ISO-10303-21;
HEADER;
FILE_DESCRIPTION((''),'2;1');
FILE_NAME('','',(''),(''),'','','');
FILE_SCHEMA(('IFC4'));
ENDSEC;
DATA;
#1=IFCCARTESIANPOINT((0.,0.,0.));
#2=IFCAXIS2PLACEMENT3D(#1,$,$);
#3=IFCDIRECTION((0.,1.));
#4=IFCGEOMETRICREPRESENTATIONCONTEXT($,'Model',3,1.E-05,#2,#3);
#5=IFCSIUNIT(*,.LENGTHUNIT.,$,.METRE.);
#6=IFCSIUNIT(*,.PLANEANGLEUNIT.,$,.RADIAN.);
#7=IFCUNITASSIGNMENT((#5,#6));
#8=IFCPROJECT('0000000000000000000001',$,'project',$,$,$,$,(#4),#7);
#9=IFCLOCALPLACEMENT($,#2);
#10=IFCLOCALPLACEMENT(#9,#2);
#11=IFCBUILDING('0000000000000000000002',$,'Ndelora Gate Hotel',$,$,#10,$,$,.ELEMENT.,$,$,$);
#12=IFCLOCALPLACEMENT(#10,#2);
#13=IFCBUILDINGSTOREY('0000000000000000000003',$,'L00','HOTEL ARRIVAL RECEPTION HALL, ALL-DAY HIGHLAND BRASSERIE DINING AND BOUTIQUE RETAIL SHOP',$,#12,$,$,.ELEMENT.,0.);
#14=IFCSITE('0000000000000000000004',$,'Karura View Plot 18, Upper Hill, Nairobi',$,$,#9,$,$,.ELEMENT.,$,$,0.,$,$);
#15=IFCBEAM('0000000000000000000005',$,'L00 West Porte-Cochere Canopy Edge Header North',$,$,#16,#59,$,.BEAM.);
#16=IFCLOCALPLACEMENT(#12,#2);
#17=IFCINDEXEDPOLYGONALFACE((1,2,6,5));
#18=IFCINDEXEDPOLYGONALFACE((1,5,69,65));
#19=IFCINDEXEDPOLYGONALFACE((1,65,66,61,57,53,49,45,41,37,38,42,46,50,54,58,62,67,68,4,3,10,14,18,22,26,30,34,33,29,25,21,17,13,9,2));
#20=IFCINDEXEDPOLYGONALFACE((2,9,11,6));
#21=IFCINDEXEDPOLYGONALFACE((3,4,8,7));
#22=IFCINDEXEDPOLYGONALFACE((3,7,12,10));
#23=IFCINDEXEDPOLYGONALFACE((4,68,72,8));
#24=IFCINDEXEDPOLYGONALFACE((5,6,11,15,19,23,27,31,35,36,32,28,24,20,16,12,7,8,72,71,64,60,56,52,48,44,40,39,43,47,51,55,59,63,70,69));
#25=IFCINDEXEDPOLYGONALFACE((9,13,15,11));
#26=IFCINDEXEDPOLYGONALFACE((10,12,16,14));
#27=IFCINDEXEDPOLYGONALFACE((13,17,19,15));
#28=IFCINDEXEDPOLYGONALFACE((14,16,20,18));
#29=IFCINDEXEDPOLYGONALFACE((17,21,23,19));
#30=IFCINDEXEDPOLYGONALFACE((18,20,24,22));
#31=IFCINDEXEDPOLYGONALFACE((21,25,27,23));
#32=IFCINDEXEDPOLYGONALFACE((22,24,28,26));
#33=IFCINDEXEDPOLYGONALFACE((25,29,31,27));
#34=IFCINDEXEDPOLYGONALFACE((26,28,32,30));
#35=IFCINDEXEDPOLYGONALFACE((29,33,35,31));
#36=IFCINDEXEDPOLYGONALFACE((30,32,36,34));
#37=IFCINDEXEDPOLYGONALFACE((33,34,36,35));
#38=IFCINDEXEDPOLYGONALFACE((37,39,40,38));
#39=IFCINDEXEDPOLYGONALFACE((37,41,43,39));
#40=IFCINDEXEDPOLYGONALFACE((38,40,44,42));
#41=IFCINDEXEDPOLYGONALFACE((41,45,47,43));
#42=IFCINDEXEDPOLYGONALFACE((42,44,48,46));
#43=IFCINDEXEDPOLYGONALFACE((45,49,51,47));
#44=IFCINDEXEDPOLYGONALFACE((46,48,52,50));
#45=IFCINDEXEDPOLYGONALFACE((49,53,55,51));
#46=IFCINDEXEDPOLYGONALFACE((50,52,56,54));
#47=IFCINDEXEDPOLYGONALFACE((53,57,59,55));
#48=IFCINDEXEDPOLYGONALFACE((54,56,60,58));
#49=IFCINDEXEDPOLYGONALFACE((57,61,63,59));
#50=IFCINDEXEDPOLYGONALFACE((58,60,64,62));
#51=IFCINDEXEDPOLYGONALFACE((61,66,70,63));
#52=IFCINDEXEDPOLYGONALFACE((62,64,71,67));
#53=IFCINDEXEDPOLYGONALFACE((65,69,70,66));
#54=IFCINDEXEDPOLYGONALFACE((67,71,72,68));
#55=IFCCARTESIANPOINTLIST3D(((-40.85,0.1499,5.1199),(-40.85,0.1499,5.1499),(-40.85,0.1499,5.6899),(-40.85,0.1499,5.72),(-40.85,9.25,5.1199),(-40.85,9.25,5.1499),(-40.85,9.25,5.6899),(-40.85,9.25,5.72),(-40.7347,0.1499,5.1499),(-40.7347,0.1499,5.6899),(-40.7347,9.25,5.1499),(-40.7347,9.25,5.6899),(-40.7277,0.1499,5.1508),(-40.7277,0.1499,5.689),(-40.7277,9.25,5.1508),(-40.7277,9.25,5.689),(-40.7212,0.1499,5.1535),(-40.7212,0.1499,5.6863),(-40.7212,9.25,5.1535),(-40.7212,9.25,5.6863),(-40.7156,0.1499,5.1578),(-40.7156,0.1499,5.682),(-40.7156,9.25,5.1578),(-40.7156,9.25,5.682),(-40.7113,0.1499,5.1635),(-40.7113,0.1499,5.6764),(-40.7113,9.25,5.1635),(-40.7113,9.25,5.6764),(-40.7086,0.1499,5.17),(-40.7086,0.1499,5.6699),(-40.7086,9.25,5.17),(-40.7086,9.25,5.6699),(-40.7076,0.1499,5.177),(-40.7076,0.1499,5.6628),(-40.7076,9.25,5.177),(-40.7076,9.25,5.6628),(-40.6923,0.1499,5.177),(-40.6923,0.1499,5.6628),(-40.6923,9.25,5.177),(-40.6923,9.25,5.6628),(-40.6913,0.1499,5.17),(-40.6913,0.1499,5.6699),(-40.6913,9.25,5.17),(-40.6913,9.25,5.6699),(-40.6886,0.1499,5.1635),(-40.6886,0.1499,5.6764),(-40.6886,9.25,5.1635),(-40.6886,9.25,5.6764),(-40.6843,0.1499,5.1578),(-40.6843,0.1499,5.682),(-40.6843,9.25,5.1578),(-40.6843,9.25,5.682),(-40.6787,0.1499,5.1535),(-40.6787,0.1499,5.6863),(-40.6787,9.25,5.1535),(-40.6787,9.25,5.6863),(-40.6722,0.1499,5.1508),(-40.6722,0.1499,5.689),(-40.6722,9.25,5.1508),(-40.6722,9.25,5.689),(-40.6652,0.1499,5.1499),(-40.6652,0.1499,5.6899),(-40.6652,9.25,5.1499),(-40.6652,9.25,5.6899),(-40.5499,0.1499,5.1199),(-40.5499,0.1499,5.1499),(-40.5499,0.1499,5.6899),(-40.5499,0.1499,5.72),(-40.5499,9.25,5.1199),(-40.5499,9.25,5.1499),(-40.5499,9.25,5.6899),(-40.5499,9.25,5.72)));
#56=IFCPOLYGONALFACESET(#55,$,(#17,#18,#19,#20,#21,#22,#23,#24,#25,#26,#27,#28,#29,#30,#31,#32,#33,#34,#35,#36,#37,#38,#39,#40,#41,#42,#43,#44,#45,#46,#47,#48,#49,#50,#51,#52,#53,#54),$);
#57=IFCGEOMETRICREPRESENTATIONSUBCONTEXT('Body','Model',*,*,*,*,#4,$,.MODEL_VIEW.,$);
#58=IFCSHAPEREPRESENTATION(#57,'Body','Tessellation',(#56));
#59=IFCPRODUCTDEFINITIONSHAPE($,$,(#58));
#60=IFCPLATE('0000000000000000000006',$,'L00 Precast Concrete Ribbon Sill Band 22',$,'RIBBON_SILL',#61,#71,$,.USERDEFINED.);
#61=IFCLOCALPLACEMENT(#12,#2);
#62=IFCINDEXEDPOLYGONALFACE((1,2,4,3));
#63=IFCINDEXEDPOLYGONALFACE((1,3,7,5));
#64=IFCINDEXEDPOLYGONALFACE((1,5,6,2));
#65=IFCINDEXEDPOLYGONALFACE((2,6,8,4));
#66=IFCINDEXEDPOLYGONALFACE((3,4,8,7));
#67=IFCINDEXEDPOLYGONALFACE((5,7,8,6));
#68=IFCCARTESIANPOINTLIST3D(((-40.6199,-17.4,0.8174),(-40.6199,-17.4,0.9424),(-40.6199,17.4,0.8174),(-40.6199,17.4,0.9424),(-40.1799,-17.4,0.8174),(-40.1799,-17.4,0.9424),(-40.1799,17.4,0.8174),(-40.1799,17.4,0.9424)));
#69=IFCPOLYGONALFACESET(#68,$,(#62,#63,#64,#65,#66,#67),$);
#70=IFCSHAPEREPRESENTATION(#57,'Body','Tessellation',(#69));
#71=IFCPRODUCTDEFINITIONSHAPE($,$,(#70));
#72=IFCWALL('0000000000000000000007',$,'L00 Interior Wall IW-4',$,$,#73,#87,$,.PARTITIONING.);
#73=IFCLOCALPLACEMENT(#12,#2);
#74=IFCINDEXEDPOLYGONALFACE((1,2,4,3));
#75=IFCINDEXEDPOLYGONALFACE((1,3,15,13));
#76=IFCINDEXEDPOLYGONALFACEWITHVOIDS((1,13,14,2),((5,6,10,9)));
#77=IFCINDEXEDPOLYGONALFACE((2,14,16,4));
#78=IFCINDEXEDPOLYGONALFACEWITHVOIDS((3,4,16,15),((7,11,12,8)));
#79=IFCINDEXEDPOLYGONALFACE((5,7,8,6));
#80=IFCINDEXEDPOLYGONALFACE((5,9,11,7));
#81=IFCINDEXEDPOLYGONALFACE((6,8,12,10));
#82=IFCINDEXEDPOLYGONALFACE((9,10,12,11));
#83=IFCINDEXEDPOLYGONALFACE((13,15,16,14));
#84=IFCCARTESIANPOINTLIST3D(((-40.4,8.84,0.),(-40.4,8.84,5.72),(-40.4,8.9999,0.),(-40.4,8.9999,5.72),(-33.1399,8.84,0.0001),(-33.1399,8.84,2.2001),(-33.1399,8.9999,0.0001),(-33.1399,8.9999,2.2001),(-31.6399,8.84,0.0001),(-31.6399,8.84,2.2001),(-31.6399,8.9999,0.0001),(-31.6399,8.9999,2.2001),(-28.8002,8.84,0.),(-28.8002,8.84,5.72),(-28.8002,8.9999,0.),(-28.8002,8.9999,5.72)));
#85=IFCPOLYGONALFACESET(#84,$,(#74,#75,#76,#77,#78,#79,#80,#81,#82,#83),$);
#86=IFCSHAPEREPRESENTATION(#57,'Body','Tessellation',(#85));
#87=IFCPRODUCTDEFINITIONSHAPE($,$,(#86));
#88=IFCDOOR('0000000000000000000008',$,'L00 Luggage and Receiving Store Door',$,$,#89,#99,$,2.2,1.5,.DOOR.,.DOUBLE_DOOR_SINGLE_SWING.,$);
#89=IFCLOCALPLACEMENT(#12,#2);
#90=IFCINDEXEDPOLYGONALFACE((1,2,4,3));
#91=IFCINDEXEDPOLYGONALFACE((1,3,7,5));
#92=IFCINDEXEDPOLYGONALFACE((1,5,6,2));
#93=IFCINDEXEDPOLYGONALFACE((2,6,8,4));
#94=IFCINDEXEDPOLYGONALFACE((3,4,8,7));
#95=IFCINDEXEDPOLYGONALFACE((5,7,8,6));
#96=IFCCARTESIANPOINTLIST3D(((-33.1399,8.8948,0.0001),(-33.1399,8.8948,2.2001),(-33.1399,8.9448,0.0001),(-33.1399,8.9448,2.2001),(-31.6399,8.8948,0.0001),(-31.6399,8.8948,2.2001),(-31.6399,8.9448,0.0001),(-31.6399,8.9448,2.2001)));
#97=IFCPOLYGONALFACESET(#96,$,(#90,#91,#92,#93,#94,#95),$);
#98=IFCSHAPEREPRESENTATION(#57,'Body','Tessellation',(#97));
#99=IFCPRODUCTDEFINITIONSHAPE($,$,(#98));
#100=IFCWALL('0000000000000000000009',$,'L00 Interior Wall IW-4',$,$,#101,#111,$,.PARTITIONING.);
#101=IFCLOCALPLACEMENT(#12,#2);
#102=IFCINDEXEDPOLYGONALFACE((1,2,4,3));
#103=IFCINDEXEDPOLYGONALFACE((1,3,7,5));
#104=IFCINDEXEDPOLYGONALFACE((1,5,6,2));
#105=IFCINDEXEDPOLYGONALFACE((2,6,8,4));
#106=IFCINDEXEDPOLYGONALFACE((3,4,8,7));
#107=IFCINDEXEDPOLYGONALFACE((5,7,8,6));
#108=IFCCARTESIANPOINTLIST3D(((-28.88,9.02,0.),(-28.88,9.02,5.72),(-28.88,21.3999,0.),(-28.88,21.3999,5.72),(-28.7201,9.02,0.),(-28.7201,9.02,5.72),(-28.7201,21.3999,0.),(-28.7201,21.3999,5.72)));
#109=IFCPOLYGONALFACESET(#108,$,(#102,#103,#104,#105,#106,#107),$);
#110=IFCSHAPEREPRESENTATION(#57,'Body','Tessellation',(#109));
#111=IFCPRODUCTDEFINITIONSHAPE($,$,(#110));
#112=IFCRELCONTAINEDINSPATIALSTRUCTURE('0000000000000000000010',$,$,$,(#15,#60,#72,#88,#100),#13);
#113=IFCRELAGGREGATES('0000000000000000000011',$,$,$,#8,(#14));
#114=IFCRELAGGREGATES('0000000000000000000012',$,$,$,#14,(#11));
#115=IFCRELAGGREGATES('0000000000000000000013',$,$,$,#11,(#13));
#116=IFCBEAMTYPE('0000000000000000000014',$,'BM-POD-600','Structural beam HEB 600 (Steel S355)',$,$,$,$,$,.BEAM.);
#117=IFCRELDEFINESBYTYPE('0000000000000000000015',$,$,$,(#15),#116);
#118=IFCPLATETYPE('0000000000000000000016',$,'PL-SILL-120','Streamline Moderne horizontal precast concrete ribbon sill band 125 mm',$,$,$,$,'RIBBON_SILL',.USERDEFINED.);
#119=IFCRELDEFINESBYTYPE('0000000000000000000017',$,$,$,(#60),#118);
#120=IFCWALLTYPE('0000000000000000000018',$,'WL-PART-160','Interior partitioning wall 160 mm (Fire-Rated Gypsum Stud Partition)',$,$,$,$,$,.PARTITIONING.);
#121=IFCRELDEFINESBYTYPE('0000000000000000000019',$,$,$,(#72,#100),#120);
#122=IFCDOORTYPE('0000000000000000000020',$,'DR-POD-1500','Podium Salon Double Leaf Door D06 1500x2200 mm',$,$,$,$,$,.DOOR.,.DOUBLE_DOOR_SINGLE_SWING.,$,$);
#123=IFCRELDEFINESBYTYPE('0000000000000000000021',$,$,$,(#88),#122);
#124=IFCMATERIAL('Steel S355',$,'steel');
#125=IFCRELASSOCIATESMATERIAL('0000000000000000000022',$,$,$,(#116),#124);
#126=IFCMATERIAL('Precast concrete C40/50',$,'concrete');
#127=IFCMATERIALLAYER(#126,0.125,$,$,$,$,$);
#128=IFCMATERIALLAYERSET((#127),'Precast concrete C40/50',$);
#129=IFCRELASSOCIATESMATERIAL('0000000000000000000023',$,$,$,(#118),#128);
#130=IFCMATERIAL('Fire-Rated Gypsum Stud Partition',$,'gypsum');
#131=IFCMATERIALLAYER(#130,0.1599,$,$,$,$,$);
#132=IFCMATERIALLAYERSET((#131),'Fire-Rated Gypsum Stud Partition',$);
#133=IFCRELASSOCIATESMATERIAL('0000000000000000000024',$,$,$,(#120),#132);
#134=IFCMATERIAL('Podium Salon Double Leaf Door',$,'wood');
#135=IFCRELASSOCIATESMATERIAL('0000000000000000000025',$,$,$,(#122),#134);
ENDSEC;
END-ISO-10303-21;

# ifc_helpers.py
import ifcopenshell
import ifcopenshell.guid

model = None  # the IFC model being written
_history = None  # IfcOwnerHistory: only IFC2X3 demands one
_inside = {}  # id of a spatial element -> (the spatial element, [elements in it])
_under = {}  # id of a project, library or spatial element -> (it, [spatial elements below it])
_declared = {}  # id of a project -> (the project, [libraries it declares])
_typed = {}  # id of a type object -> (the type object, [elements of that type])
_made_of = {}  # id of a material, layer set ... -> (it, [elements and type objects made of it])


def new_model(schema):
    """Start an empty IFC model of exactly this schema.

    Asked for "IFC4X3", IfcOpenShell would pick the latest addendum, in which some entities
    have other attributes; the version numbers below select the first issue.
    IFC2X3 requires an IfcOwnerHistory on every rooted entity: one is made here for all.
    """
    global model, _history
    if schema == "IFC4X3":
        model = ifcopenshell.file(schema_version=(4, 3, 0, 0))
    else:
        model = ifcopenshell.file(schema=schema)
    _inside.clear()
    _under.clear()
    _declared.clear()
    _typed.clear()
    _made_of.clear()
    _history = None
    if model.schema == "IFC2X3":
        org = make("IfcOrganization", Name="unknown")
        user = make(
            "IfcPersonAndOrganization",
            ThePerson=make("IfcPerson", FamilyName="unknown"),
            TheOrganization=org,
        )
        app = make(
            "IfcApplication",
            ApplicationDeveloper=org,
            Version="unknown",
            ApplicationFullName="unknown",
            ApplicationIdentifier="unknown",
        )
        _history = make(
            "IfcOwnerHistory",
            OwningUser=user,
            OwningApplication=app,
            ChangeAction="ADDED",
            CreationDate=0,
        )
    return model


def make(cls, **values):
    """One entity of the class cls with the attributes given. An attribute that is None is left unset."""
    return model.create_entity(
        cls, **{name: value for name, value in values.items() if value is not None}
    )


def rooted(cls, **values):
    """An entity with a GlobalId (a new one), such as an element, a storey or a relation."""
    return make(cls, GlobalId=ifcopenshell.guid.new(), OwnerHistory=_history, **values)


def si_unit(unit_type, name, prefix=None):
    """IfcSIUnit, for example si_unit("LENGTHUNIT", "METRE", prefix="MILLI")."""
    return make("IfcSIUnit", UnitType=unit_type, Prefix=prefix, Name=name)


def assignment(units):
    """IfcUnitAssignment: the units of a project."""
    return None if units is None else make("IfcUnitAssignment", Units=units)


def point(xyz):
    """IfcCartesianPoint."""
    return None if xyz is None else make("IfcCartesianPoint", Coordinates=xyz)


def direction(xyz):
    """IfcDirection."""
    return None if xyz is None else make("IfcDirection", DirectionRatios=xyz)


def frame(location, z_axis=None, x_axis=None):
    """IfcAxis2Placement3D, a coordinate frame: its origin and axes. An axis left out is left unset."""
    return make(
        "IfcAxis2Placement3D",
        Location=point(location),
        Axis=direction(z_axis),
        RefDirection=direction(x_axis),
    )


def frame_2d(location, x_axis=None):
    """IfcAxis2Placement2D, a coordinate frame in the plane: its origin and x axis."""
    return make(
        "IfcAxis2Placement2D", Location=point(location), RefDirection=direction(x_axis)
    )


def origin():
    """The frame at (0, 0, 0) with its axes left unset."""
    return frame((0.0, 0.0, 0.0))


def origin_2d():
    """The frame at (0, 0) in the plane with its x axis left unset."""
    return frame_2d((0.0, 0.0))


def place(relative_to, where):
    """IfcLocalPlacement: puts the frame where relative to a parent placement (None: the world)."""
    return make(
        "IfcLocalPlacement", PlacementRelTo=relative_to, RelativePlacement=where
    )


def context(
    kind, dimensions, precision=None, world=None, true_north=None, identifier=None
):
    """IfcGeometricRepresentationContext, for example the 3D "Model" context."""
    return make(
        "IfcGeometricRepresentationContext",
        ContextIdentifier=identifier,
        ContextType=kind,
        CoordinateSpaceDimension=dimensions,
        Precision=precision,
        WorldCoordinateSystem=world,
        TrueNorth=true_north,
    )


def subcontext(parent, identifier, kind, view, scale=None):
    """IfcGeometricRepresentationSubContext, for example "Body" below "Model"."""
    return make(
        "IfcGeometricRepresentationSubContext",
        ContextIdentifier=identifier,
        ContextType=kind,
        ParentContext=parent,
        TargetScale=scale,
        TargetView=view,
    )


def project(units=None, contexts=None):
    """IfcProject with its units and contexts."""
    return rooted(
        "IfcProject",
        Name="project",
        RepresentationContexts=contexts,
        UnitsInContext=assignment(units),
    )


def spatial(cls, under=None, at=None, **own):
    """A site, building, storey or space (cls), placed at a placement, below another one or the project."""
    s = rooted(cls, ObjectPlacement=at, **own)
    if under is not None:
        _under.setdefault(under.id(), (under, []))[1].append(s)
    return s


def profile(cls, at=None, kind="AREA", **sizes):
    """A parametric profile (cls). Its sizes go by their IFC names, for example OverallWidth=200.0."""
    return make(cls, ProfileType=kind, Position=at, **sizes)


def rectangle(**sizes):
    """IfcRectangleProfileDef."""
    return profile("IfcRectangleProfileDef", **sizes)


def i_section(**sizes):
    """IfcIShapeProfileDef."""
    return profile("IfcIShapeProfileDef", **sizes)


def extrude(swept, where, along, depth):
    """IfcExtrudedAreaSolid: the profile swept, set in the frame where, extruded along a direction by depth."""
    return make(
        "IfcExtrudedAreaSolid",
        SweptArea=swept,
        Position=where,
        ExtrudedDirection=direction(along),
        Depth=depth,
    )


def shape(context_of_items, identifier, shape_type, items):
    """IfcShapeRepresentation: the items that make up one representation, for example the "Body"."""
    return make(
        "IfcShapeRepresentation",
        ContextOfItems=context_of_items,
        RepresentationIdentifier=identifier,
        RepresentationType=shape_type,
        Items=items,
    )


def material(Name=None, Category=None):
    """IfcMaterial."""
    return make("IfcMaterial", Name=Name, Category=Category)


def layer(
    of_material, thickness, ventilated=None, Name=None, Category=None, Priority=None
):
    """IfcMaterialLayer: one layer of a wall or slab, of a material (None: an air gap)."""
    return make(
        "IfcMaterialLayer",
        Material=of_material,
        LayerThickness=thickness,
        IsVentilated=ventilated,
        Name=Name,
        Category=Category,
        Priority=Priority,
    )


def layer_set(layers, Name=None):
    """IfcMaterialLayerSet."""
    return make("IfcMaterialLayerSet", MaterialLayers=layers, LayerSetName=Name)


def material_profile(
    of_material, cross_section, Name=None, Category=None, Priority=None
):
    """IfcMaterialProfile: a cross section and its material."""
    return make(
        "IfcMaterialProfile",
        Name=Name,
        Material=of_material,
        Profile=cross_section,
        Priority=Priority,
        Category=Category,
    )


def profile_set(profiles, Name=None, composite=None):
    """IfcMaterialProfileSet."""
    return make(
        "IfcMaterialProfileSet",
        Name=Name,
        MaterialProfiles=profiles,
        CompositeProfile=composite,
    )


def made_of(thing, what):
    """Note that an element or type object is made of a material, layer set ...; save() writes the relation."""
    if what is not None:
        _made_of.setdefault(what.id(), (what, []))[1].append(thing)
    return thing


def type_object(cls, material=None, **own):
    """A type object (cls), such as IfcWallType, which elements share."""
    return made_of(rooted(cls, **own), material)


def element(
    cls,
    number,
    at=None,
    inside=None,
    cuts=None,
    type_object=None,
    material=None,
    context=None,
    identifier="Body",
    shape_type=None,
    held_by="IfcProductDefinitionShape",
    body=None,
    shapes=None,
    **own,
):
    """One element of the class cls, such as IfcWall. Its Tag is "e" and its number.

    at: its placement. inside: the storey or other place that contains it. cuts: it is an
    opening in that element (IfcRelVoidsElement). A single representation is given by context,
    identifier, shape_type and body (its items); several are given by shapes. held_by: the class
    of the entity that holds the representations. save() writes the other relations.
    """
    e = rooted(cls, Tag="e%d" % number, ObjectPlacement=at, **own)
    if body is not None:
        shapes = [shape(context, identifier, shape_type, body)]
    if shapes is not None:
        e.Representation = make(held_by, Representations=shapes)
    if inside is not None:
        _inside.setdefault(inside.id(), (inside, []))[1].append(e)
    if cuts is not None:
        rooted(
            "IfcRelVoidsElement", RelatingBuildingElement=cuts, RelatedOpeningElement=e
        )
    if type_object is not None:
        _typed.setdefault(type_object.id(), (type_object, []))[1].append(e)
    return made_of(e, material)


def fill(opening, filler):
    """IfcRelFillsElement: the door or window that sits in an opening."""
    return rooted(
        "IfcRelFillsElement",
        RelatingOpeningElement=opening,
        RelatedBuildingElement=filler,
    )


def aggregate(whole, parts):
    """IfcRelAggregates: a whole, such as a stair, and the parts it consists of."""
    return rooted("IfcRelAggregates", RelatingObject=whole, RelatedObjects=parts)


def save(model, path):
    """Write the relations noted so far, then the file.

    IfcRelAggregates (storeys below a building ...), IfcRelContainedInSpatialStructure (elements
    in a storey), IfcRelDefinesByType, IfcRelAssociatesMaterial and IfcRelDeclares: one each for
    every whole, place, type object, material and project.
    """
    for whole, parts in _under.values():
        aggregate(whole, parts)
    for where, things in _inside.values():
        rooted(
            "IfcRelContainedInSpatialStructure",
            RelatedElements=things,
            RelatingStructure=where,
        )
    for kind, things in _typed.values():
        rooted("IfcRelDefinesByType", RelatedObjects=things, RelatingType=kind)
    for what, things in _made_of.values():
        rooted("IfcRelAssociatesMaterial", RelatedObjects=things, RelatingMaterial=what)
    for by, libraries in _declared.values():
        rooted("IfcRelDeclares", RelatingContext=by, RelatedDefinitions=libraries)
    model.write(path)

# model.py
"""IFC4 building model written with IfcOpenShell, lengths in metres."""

from ifc_helpers import new_model, si_unit, direction, frame, frame_2d, origin, origin_2d, place, context, subcontext, project, spatial, rectangle, i_section, extrude, material, layer, layer_set, material_profile, profile_set, type_object, element, fill, save


model = new_model("IFC4")

# Units and contexts
model_context = context("Model", 3, precision=1e-05, world=origin(), true_north=direction((0.0, 1.0)))
body_context = subcontext(model_context, "Body", "Model", "MODEL_VIEW")
ifc_project = project(units=[si_unit("LENGTHUNIT", "METRE"), si_unit("PLANEANGLEUNIT", "RADIAN")], contexts=[model_context])

# Site, building, storey
site_placement = place(None, origin())
site = spatial("IfcSite", under=ifc_project, at=site_placement, Name="Karura View Plot 18, Upper Hill, Nairobi", CompositionType="ELEMENT", RefElevation=0.0)
building_placement = place(site_placement, origin())
building = spatial("IfcBuilding", under=site, at=building_placement, Name="Ndelora Gate Hotel", CompositionType="ELEMENT")
storey_placement = place(building_placement, origin())
storey = spatial("IfcBuildingStorey", under=building, at=storey_placement, Name="L00", Description="HOTEL ARRIVAL RECEPTION HALL, ALL-DAY HIGHLAND BRASSERIE DINING AND BOUTIQUE RETAIL SHOP", CompositionType="ELEMENT", Elevation=0.0)

# Beam
ifc_material_1 = material(Name="Steel S355", Category="steel")
ifc_material_profile_1 = material_profile(ifc_material_1, i_section(OverallWidth=0.3, OverallDepth=0.6001, WebThickness=0.0154, FlangeThickness=0.03, FilletRadius=0.0271, at=origin_2d()), Name="HEB 600")
ifc_profile_set_1 = profile_set([ifc_material_profile_1], Name="Steel S355")
beam_type_1 = type_object("IfcBeamType", Name="BM-POD-600", Description="Structural beam HEB 600 (Steel S355)", PredefinedType="BEAM", material=ifc_profile_set_1)
beam_1_placement = place(storey_placement, frame((-40.7, 0.1499, 5.4199), z_axis=(0.0, 1.0, 0.0), x_axis=(-1.0, 0.0, 0.0)))
element("IfcBeam", 1, at=beam_1_placement, inside=storey, type_object=beam_type_1, Name="L00 West Porte-Cochere Canopy Edge Header North", PredefinedType="BEAM", context=body_context, shape_type="SweptSolid", body=[
    extrude(i_section(OverallWidth=0.3, OverallDepth=0.6001, WebThickness=0.0154, FlangeThickness=0.03, FilletRadius=0.0271, at=origin_2d()), origin(), (0.0, 0.0, 1.0), 9.1001),
])

# Plate
ifc_material_2 = material(Name="Precast concrete C40/50", Category="concrete")
ifc_layer_1 = layer(ifc_material_2, 0.125)
ifc_layer_set_1 = layer_set([ifc_layer_1], Name="Precast concrete C40/50")
plate_type = type_object("IfcPlateType", Name="PL-SILL-120", Description="Streamline Moderne horizontal precast concrete ribbon sill band 125 mm", ElementType="RIBBON_SILL", PredefinedType="USERDEFINED", material=ifc_layer_set_1)
plate_placement = place(storey_placement, frame((-40.3999, 0.0, 0.8174), z_axis=(0.0, 0.0, 1.0), x_axis=(0.0, 1.0, 0.0)))
element("IfcPlate", 2, at=plate_placement, inside=storey, type_object=plate_type, Name="L00 Precast Concrete Ribbon Sill Band 22", ObjectType="RIBBON_SILL", PredefinedType="USERDEFINED", context=body_context, shape_type="SweptSolid", body=[
    extrude(rectangle(XDim=34.8, YDim=0.4399, at=origin_2d()), origin(), (0.0, 0.0, 1.0), 0.125),
])

# Wall, opening, door
ifc_material_3 = material(Name="Fire-Rated Gypsum Stud Partition", Category="gypsum")
ifc_layer_2 = layer(ifc_material_3, 0.1599)
ifc_layer_set_2 = layer_set([ifc_layer_2], Name="Fire-Rated Gypsum Stud Partition")
wall_type = type_object("IfcWallType", Name="WL-PART-160", Description="Interior partitioning wall 160 mm (Fire-Rated Gypsum Stud Partition)", PredefinedType="PARTITIONING", material=ifc_layer_set_2)
wall_1_placement = place(storey_placement, frame((-40.3999, 8.9199, 0.0), z_axis=(0.0, 0.0, 1.0), x_axis=(1.0, 0.0, 0.0)))
wall_1 = element("IfcWall", 3, at=wall_1_placement, inside=storey, type_object=wall_type, Name="L00 Interior Wall IW-4", PredefinedType="PARTITIONING", context=body_context, shape_type="SweptSolid", body=[
    extrude(rectangle(XDim=11.5999, YDim=0.1599, at=frame_2d((5.7998, 0.0))), origin(), (0.0, 0.0, 1.0), 5.72),
])
opening_placement = place(wall_1_placement, frame((7.26, 0.0, 0.0)))
opening = element("IfcOpeningElement", 4, at=opening_placement, cuts=wall_1, PredefinedType="OPENING", context=body_context, shape_type="SweptSolid", body=[
    extrude(rectangle(XDim=1.5, YDim=2.2, at=frame_2d((0.75, 1.1001))), frame((0.0, 0.0898, 0.0), z_axis=(0.0, -1.0, 0.0), x_axis=(1.0, 0.0, 0.0)), (0.0, 0.0, 1.0), 0.1799),
])
ifc_material_4 = material(Name="Podium Salon Double Leaf Door", Category="wood")
door_type = type_object("IfcDoorType", Name="DR-POD-1500", Description="Podium Salon Double Leaf Door D06 1500x2200 mm", OperationType="DOUBLE_DOOR_SINGLE_SWING", PredefinedType="DOOR", material=ifc_material_4)
door_placement = place(opening_placement, origin())
door = element("IfcDoor", 5, at=door_placement, inside=storey, type_object=door_type, Name="L00 Luggage and Receiving Store Door", OperationType="DOUBLE_DOOR_SINGLE_SWING", OverallHeight=2.2, OverallWidth=1.5, PredefinedType="DOOR", context=body_context, shape_type="SweptSolid", body=[
    extrude(rectangle(XDim=1.5, YDim=2.2, at=frame_2d((0.75, 1.1001))), frame((0.0, 0.0249, 0.0), z_axis=(0.0, -1.0, 0.0), x_axis=(1.0, 0.0, 0.0)), (0.0, 0.0, 1.0), 0.05),
])
fill(opening, door)

# Wall
wall_2_placement = place(storey_placement, frame((-28.8, 9.02, 0.0), z_axis=(0.0, 0.0, 1.0), x_axis=(0.0, 1.0, 0.0)))
element("IfcWall", 6, at=wall_2_placement, inside=storey, type_object=wall_type, Name="L00 Interior Wall IW-4", PredefinedType="PARTITIONING", context=body_context, shape_type="SweptSolid", body=[
    extrude(rectangle(XDim=12.3799, YDim=0.1599, at=frame_2d((6.1899, 0.0))), origin(), (0.0, 0.0, 1.0), 5.72),
])

save(model, "model.ifc")
